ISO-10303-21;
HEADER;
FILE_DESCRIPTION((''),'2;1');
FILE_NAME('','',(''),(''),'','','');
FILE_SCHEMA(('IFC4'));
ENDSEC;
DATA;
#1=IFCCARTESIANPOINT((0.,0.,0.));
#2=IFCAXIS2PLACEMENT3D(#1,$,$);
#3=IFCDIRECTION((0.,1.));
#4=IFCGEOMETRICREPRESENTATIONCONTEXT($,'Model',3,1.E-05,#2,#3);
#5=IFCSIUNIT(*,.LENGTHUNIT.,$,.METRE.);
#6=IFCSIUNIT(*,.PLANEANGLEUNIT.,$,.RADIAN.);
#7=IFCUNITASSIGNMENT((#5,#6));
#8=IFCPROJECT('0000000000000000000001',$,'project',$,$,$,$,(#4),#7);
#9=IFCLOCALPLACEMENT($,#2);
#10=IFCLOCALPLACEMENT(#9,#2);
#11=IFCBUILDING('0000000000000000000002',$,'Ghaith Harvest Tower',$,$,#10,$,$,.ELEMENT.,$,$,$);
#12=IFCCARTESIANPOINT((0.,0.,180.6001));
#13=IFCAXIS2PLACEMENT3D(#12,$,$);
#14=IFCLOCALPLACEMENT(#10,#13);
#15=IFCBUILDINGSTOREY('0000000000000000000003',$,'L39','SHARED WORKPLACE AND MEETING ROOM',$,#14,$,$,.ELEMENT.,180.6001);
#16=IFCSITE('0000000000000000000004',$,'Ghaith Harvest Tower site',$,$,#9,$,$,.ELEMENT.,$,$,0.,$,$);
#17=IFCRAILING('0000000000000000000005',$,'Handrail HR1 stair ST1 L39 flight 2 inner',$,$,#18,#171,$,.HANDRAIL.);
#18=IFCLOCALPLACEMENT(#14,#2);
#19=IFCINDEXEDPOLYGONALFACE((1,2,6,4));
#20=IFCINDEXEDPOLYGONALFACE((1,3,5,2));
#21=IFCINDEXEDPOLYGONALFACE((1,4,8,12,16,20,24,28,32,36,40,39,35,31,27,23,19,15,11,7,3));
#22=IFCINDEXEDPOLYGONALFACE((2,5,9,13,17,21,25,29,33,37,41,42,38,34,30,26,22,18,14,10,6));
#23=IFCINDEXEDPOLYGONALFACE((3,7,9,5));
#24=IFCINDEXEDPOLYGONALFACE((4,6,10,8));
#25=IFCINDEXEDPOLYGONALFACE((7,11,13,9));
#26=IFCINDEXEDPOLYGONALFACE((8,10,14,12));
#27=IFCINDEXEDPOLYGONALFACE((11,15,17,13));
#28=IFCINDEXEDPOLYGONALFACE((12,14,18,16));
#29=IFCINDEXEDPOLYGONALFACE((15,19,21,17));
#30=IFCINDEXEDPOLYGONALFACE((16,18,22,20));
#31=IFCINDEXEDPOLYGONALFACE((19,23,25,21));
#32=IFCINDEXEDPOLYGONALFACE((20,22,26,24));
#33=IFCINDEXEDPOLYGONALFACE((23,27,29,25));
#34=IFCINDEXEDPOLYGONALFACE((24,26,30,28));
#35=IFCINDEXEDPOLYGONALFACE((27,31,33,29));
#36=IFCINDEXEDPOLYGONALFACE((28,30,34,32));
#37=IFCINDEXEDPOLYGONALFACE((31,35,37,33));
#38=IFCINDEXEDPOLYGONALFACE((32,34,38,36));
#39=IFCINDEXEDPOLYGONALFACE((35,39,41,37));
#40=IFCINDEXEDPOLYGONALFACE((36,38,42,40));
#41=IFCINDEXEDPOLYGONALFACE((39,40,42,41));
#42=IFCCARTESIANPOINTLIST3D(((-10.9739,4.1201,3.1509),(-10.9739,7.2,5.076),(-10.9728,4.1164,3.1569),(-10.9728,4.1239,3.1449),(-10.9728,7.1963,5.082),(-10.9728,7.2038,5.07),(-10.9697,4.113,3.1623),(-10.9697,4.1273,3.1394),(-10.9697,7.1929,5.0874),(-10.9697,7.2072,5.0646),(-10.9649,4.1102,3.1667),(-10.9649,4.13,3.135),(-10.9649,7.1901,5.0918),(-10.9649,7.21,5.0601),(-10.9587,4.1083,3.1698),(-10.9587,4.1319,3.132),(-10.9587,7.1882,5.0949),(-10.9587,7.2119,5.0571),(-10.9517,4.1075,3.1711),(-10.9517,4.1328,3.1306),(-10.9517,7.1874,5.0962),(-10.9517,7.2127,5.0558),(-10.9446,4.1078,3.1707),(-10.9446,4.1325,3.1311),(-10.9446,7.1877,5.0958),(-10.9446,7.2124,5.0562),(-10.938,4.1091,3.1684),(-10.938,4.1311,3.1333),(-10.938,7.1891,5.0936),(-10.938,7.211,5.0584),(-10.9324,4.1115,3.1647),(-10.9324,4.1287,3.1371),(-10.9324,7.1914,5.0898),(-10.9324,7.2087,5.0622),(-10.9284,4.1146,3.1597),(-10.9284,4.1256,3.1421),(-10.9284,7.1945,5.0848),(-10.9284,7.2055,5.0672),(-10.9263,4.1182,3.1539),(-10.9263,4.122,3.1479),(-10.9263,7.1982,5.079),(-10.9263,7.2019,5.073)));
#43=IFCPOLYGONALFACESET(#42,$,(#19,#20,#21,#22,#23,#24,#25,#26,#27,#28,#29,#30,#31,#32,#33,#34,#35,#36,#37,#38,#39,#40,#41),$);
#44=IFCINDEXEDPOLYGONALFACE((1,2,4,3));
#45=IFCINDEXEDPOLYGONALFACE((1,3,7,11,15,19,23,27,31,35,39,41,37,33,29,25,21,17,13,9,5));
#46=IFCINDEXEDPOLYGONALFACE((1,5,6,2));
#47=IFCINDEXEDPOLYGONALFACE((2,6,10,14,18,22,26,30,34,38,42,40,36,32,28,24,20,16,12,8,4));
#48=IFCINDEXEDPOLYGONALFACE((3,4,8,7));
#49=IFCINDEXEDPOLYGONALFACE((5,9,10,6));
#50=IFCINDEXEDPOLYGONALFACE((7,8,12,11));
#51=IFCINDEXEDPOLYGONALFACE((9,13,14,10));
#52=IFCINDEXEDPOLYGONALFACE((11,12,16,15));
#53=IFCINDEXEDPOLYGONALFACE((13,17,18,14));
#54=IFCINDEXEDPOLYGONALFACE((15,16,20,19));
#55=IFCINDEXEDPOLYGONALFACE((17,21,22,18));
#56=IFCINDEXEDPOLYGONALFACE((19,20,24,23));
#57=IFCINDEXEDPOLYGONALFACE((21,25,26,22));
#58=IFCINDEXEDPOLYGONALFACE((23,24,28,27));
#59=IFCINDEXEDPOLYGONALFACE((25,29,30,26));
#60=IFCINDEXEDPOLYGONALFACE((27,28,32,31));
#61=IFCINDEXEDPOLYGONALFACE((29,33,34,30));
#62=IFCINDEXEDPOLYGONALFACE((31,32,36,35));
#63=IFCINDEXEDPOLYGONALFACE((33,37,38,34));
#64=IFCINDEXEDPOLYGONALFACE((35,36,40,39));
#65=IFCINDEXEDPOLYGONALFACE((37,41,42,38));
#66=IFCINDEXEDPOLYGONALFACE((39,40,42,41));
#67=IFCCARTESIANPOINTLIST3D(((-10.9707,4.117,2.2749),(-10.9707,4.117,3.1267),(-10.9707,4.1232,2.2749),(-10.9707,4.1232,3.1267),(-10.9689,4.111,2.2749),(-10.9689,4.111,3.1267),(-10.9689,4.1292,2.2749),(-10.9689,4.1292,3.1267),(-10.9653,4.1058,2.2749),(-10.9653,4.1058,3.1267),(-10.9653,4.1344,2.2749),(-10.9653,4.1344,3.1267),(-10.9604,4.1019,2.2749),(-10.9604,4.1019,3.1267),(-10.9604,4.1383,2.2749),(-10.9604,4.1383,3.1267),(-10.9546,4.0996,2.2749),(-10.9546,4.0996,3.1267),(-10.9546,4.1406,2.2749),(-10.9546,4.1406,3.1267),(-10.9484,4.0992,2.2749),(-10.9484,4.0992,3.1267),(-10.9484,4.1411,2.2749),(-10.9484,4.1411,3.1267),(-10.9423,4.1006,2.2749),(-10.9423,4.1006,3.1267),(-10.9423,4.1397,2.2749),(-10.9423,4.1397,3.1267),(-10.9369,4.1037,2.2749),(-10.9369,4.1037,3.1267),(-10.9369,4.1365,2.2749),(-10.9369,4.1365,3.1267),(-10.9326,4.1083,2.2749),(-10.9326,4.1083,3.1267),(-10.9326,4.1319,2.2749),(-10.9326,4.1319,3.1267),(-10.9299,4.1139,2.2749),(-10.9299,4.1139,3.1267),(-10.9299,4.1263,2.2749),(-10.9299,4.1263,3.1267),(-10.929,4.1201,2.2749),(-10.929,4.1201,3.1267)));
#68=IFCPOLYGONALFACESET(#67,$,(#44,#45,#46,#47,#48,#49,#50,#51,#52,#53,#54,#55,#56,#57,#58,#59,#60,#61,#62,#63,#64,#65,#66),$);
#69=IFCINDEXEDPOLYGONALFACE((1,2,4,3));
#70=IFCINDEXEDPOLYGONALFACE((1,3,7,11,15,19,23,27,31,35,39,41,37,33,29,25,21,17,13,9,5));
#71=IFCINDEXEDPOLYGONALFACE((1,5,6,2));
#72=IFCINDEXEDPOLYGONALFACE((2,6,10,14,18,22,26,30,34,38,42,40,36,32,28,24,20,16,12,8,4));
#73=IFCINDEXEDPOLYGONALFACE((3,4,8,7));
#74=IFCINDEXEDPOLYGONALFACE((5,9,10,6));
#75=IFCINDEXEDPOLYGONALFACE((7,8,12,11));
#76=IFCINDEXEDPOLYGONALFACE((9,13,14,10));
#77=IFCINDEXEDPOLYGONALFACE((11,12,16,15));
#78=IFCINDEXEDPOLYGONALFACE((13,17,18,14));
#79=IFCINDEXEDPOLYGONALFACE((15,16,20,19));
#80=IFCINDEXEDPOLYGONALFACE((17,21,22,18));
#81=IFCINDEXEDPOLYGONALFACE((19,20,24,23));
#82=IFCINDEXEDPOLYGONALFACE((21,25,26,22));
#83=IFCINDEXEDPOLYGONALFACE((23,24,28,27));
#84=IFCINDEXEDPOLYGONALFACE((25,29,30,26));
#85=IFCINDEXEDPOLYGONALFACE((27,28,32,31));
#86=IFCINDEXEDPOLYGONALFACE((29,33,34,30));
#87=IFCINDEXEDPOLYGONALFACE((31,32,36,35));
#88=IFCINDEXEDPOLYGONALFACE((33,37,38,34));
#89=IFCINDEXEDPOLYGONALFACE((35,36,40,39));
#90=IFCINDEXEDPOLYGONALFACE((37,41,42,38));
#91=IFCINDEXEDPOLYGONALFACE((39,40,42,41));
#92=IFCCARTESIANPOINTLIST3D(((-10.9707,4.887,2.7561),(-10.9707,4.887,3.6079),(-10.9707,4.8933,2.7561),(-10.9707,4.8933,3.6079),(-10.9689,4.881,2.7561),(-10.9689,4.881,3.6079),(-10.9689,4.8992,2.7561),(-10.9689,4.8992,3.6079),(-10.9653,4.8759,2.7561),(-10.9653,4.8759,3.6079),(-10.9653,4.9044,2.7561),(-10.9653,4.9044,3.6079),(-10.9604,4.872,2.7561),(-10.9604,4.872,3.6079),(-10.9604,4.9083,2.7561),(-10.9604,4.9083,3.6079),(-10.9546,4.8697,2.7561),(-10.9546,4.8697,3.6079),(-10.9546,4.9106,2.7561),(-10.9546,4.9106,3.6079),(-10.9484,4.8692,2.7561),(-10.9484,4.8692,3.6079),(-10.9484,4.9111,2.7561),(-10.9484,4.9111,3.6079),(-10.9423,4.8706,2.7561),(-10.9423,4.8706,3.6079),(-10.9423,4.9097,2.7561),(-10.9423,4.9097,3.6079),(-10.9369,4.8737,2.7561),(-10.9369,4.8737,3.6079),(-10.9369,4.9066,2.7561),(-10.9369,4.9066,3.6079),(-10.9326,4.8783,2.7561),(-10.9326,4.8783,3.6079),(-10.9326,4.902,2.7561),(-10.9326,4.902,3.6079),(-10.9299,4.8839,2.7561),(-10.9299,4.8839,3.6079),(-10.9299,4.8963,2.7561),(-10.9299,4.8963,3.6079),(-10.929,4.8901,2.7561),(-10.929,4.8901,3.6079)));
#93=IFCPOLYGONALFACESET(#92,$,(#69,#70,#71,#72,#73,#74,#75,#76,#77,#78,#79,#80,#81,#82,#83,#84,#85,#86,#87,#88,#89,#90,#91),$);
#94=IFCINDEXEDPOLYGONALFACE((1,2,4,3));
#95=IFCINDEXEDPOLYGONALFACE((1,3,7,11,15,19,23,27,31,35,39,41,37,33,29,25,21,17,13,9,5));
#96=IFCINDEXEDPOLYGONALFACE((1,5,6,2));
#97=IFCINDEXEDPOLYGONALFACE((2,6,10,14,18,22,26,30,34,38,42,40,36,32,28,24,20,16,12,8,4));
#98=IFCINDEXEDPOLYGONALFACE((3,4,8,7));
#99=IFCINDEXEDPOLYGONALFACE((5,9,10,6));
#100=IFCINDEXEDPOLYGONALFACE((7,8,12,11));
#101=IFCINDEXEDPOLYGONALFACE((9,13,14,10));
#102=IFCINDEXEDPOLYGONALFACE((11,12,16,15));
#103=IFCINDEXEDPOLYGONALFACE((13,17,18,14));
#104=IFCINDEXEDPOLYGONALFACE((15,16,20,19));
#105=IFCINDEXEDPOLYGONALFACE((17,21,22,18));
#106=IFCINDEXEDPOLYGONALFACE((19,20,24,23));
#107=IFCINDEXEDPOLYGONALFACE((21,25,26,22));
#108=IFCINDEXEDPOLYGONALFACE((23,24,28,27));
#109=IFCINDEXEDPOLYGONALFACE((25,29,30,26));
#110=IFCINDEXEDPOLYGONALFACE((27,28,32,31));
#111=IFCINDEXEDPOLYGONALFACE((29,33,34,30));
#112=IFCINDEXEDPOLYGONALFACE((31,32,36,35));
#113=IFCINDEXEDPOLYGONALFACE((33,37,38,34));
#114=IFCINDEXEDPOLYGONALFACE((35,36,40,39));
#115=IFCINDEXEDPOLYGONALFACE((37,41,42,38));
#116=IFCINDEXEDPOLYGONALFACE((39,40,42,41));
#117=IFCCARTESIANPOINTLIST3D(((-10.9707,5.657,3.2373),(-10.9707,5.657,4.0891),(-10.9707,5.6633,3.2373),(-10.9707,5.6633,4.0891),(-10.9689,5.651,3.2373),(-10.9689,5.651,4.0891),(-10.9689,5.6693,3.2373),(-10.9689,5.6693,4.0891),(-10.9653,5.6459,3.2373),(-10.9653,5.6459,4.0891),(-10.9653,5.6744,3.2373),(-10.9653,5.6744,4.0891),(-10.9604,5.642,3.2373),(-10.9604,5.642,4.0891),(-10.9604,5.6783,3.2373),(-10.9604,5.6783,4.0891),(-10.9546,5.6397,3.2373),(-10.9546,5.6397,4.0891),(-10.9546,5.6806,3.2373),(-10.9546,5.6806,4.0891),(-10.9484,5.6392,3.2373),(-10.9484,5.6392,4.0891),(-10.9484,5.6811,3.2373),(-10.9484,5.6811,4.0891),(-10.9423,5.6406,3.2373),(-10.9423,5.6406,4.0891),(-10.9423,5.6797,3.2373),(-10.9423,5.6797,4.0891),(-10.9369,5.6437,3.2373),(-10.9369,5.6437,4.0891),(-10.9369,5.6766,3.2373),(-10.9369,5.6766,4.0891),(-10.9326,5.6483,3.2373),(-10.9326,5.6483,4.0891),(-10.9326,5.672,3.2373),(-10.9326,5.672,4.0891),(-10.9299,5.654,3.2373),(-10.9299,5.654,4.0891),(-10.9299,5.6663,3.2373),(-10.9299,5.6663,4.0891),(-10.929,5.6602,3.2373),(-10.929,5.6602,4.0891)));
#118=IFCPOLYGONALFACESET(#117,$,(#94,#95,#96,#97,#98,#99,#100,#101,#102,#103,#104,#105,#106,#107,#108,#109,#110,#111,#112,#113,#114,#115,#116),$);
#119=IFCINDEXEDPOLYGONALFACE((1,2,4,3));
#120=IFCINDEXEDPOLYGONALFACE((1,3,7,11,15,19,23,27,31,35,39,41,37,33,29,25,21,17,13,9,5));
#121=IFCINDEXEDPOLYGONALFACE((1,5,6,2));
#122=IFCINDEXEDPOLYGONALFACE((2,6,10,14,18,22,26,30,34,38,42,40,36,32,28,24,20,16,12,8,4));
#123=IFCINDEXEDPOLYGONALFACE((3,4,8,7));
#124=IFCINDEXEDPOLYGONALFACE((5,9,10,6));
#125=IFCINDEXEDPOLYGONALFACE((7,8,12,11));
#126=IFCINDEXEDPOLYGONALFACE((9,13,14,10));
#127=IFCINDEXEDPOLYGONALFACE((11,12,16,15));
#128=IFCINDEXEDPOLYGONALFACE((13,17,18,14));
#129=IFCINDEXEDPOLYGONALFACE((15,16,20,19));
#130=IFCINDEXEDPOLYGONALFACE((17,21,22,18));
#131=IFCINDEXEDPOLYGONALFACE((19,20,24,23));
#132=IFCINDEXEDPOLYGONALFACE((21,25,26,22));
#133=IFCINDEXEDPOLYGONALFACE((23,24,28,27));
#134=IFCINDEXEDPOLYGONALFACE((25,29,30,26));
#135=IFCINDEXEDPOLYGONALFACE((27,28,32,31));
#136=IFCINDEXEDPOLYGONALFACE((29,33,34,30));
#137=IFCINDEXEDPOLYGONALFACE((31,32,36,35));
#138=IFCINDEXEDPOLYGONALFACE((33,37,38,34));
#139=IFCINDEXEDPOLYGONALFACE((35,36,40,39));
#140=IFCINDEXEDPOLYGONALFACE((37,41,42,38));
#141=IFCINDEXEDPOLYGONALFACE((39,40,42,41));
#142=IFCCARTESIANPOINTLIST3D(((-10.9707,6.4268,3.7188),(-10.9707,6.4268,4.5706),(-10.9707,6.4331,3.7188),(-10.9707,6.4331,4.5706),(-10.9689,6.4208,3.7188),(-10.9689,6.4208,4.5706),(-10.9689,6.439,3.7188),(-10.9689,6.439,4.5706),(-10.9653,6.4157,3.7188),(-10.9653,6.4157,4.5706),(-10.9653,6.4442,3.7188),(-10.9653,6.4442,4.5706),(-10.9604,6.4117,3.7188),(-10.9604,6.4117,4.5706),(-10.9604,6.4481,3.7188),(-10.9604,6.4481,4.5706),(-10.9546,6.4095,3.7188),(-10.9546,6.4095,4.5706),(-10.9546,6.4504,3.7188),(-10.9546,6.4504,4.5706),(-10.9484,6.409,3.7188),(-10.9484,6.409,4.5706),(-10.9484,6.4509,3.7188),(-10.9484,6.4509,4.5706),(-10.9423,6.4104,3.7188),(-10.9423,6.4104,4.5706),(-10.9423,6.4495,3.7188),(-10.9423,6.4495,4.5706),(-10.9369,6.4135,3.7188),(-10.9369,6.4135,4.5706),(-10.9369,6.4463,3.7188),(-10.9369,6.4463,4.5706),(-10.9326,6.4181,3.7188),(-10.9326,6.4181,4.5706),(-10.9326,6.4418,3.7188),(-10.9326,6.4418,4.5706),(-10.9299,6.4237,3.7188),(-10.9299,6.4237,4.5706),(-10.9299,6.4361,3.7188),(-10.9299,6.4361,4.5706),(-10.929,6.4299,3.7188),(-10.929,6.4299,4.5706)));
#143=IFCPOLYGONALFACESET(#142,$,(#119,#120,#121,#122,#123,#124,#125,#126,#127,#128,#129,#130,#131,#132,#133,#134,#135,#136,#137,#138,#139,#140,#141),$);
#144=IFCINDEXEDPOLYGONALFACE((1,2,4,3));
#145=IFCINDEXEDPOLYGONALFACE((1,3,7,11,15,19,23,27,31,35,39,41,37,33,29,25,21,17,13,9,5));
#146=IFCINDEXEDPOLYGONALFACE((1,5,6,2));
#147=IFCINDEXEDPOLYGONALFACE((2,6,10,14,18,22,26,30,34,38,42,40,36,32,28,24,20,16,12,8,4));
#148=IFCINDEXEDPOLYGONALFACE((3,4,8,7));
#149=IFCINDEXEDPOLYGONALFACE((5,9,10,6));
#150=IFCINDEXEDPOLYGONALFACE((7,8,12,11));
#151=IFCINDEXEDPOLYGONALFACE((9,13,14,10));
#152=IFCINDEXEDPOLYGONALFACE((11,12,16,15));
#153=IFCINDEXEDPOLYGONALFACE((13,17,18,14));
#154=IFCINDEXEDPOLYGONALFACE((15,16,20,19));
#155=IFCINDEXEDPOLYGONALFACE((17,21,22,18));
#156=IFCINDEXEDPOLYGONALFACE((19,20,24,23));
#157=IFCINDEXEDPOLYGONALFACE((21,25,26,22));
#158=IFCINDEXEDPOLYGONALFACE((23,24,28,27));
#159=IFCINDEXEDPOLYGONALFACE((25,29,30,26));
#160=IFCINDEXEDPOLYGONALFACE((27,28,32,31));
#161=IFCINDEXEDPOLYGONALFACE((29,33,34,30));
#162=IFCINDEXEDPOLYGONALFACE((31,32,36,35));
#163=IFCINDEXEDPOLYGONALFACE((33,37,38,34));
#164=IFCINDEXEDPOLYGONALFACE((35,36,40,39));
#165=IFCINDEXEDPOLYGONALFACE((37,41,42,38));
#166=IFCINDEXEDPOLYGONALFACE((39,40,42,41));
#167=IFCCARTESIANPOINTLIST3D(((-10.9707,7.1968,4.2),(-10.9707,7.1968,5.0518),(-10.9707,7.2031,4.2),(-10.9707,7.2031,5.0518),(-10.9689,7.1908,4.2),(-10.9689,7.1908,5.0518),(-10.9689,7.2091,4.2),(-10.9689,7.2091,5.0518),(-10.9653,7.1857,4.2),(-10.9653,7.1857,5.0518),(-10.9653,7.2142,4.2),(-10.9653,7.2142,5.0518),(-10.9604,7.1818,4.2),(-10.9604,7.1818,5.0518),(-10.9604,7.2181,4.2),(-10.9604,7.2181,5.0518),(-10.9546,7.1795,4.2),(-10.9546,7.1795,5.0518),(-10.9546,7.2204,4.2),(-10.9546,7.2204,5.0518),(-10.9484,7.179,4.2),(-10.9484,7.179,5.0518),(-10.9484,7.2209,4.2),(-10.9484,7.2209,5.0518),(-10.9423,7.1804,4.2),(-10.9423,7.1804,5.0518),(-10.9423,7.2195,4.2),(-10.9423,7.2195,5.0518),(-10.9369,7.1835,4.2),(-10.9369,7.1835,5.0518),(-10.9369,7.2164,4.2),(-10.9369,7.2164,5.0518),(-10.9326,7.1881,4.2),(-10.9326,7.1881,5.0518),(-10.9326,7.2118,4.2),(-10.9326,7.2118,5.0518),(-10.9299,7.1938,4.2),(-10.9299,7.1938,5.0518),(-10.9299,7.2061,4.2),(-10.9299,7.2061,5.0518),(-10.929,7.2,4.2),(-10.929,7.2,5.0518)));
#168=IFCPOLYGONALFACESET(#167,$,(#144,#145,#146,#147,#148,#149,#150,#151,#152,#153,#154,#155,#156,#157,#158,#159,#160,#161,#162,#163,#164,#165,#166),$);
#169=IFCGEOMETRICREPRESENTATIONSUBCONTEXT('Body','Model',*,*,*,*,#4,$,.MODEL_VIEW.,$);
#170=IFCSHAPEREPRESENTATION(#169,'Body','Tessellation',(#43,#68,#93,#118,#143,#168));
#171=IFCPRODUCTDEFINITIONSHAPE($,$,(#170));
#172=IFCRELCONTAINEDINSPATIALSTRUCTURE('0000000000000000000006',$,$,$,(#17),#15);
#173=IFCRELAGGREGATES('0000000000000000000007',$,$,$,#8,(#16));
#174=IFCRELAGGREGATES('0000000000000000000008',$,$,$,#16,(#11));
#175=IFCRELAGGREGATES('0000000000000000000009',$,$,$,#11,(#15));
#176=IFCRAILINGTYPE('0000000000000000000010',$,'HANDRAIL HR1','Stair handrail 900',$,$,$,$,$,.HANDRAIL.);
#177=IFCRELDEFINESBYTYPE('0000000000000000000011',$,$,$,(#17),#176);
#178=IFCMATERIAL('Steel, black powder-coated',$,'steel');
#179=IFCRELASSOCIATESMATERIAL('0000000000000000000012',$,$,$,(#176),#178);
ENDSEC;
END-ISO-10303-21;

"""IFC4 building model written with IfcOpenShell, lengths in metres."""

from ifc_helpers import new_model, si_unit, direction, frame, origin, origin_2d, place, context, subcontext, project, spatial, circle, extrude, material, type_object, element, save


model = new_model("IFC4")

# Units and contexts
model_context = context("Model", 3, precision=1e-05, world=origin(), true_north=direction((0.0, 1.0)))
body_context = subcontext(model_context, "Body", "Model", "MODEL_VIEW")
ifc_project = project(units=[si_unit("LENGTHUNIT", "METRE"), si_unit("PLANEANGLEUNIT", "RADIAN")], contexts=[model_context])

# Site, building, storey
site_placement = place(None, origin())
site = spatial("IfcSite", under=ifc_project, at=site_placement, Name="Ghaith Harvest Tower site", CompositionType="ELEMENT", RefElevation=0.0)
building_placement = place(site_placement, origin())
building = spatial("IfcBuilding", under=site, at=building_placement, Name="Ghaith Harvest Tower", CompositionType="ELEMENT")
storey_placement = place(building_placement, frame((0.0, 0.0, 180.6001)))
storey = spatial("IfcBuildingStorey", under=building, at=storey_placement, Name="L39", Description="SHARED WORKPLACE AND MEETING ROOM", CompositionType="ELEMENT", Elevation=180.6001)

# Railing
ifc_material_1 = material(Name="Steel, black powder-coated", Category="steel")
railing_type = type_object("IfcRailingType", Name="HANDRAIL HR1", Description="Stair handrail 900", PredefinedType="HANDRAIL", material=ifc_material_1)
railing_1_placement = place(storey_placement, frame((-10.95, 4.1201, 2.2749)))
element("IfcRailing", 1, at=railing_1_placement, inside=storey, type_object=railing_type, Name="Handrail HR1 stair ST1 L39 flight 2 inner", PredefinedType="HANDRAIL", context=body_context, shape_type="SweptSolid", body=[
    extrude(circle(Radius=0.0239, at=origin_2d()), frame((0.0, 0.0, 0.876), z_axis=(0.0, 0.847979, 0.530029), x_axis=(-1.0, 0.0, 0.0)), (0.0, 0.0, 1.0), 3.6321),
    extrude(circle(Radius=0.021, at=origin_2d()), origin(), (0.0, 0.0, 1.0), 0.8518),
    extrude(circle(Radius=0.021, at=origin_2d()), frame((0.0, 0.77, 0.4812)), (0.0, 0.0, 1.0), 0.8518),
    extrude(circle(Radius=0.021, at=origin_2d()), frame((0.0, 1.54, 0.9624)), (0.0, 0.0, 1.0), 0.8518),
    extrude(circle(Radius=0.021, at=origin_2d()), frame((0.0, 2.3098, 1.4438)), (0.0, 0.0, 1.0), 0.8518),
    extrude(circle(Radius=0.021, at=origin_2d()), frame((0.0, 3.0798, 1.925)), (0.0, 0.0, 1.0), 0.8518),
])

save(model, "model.ifc")
